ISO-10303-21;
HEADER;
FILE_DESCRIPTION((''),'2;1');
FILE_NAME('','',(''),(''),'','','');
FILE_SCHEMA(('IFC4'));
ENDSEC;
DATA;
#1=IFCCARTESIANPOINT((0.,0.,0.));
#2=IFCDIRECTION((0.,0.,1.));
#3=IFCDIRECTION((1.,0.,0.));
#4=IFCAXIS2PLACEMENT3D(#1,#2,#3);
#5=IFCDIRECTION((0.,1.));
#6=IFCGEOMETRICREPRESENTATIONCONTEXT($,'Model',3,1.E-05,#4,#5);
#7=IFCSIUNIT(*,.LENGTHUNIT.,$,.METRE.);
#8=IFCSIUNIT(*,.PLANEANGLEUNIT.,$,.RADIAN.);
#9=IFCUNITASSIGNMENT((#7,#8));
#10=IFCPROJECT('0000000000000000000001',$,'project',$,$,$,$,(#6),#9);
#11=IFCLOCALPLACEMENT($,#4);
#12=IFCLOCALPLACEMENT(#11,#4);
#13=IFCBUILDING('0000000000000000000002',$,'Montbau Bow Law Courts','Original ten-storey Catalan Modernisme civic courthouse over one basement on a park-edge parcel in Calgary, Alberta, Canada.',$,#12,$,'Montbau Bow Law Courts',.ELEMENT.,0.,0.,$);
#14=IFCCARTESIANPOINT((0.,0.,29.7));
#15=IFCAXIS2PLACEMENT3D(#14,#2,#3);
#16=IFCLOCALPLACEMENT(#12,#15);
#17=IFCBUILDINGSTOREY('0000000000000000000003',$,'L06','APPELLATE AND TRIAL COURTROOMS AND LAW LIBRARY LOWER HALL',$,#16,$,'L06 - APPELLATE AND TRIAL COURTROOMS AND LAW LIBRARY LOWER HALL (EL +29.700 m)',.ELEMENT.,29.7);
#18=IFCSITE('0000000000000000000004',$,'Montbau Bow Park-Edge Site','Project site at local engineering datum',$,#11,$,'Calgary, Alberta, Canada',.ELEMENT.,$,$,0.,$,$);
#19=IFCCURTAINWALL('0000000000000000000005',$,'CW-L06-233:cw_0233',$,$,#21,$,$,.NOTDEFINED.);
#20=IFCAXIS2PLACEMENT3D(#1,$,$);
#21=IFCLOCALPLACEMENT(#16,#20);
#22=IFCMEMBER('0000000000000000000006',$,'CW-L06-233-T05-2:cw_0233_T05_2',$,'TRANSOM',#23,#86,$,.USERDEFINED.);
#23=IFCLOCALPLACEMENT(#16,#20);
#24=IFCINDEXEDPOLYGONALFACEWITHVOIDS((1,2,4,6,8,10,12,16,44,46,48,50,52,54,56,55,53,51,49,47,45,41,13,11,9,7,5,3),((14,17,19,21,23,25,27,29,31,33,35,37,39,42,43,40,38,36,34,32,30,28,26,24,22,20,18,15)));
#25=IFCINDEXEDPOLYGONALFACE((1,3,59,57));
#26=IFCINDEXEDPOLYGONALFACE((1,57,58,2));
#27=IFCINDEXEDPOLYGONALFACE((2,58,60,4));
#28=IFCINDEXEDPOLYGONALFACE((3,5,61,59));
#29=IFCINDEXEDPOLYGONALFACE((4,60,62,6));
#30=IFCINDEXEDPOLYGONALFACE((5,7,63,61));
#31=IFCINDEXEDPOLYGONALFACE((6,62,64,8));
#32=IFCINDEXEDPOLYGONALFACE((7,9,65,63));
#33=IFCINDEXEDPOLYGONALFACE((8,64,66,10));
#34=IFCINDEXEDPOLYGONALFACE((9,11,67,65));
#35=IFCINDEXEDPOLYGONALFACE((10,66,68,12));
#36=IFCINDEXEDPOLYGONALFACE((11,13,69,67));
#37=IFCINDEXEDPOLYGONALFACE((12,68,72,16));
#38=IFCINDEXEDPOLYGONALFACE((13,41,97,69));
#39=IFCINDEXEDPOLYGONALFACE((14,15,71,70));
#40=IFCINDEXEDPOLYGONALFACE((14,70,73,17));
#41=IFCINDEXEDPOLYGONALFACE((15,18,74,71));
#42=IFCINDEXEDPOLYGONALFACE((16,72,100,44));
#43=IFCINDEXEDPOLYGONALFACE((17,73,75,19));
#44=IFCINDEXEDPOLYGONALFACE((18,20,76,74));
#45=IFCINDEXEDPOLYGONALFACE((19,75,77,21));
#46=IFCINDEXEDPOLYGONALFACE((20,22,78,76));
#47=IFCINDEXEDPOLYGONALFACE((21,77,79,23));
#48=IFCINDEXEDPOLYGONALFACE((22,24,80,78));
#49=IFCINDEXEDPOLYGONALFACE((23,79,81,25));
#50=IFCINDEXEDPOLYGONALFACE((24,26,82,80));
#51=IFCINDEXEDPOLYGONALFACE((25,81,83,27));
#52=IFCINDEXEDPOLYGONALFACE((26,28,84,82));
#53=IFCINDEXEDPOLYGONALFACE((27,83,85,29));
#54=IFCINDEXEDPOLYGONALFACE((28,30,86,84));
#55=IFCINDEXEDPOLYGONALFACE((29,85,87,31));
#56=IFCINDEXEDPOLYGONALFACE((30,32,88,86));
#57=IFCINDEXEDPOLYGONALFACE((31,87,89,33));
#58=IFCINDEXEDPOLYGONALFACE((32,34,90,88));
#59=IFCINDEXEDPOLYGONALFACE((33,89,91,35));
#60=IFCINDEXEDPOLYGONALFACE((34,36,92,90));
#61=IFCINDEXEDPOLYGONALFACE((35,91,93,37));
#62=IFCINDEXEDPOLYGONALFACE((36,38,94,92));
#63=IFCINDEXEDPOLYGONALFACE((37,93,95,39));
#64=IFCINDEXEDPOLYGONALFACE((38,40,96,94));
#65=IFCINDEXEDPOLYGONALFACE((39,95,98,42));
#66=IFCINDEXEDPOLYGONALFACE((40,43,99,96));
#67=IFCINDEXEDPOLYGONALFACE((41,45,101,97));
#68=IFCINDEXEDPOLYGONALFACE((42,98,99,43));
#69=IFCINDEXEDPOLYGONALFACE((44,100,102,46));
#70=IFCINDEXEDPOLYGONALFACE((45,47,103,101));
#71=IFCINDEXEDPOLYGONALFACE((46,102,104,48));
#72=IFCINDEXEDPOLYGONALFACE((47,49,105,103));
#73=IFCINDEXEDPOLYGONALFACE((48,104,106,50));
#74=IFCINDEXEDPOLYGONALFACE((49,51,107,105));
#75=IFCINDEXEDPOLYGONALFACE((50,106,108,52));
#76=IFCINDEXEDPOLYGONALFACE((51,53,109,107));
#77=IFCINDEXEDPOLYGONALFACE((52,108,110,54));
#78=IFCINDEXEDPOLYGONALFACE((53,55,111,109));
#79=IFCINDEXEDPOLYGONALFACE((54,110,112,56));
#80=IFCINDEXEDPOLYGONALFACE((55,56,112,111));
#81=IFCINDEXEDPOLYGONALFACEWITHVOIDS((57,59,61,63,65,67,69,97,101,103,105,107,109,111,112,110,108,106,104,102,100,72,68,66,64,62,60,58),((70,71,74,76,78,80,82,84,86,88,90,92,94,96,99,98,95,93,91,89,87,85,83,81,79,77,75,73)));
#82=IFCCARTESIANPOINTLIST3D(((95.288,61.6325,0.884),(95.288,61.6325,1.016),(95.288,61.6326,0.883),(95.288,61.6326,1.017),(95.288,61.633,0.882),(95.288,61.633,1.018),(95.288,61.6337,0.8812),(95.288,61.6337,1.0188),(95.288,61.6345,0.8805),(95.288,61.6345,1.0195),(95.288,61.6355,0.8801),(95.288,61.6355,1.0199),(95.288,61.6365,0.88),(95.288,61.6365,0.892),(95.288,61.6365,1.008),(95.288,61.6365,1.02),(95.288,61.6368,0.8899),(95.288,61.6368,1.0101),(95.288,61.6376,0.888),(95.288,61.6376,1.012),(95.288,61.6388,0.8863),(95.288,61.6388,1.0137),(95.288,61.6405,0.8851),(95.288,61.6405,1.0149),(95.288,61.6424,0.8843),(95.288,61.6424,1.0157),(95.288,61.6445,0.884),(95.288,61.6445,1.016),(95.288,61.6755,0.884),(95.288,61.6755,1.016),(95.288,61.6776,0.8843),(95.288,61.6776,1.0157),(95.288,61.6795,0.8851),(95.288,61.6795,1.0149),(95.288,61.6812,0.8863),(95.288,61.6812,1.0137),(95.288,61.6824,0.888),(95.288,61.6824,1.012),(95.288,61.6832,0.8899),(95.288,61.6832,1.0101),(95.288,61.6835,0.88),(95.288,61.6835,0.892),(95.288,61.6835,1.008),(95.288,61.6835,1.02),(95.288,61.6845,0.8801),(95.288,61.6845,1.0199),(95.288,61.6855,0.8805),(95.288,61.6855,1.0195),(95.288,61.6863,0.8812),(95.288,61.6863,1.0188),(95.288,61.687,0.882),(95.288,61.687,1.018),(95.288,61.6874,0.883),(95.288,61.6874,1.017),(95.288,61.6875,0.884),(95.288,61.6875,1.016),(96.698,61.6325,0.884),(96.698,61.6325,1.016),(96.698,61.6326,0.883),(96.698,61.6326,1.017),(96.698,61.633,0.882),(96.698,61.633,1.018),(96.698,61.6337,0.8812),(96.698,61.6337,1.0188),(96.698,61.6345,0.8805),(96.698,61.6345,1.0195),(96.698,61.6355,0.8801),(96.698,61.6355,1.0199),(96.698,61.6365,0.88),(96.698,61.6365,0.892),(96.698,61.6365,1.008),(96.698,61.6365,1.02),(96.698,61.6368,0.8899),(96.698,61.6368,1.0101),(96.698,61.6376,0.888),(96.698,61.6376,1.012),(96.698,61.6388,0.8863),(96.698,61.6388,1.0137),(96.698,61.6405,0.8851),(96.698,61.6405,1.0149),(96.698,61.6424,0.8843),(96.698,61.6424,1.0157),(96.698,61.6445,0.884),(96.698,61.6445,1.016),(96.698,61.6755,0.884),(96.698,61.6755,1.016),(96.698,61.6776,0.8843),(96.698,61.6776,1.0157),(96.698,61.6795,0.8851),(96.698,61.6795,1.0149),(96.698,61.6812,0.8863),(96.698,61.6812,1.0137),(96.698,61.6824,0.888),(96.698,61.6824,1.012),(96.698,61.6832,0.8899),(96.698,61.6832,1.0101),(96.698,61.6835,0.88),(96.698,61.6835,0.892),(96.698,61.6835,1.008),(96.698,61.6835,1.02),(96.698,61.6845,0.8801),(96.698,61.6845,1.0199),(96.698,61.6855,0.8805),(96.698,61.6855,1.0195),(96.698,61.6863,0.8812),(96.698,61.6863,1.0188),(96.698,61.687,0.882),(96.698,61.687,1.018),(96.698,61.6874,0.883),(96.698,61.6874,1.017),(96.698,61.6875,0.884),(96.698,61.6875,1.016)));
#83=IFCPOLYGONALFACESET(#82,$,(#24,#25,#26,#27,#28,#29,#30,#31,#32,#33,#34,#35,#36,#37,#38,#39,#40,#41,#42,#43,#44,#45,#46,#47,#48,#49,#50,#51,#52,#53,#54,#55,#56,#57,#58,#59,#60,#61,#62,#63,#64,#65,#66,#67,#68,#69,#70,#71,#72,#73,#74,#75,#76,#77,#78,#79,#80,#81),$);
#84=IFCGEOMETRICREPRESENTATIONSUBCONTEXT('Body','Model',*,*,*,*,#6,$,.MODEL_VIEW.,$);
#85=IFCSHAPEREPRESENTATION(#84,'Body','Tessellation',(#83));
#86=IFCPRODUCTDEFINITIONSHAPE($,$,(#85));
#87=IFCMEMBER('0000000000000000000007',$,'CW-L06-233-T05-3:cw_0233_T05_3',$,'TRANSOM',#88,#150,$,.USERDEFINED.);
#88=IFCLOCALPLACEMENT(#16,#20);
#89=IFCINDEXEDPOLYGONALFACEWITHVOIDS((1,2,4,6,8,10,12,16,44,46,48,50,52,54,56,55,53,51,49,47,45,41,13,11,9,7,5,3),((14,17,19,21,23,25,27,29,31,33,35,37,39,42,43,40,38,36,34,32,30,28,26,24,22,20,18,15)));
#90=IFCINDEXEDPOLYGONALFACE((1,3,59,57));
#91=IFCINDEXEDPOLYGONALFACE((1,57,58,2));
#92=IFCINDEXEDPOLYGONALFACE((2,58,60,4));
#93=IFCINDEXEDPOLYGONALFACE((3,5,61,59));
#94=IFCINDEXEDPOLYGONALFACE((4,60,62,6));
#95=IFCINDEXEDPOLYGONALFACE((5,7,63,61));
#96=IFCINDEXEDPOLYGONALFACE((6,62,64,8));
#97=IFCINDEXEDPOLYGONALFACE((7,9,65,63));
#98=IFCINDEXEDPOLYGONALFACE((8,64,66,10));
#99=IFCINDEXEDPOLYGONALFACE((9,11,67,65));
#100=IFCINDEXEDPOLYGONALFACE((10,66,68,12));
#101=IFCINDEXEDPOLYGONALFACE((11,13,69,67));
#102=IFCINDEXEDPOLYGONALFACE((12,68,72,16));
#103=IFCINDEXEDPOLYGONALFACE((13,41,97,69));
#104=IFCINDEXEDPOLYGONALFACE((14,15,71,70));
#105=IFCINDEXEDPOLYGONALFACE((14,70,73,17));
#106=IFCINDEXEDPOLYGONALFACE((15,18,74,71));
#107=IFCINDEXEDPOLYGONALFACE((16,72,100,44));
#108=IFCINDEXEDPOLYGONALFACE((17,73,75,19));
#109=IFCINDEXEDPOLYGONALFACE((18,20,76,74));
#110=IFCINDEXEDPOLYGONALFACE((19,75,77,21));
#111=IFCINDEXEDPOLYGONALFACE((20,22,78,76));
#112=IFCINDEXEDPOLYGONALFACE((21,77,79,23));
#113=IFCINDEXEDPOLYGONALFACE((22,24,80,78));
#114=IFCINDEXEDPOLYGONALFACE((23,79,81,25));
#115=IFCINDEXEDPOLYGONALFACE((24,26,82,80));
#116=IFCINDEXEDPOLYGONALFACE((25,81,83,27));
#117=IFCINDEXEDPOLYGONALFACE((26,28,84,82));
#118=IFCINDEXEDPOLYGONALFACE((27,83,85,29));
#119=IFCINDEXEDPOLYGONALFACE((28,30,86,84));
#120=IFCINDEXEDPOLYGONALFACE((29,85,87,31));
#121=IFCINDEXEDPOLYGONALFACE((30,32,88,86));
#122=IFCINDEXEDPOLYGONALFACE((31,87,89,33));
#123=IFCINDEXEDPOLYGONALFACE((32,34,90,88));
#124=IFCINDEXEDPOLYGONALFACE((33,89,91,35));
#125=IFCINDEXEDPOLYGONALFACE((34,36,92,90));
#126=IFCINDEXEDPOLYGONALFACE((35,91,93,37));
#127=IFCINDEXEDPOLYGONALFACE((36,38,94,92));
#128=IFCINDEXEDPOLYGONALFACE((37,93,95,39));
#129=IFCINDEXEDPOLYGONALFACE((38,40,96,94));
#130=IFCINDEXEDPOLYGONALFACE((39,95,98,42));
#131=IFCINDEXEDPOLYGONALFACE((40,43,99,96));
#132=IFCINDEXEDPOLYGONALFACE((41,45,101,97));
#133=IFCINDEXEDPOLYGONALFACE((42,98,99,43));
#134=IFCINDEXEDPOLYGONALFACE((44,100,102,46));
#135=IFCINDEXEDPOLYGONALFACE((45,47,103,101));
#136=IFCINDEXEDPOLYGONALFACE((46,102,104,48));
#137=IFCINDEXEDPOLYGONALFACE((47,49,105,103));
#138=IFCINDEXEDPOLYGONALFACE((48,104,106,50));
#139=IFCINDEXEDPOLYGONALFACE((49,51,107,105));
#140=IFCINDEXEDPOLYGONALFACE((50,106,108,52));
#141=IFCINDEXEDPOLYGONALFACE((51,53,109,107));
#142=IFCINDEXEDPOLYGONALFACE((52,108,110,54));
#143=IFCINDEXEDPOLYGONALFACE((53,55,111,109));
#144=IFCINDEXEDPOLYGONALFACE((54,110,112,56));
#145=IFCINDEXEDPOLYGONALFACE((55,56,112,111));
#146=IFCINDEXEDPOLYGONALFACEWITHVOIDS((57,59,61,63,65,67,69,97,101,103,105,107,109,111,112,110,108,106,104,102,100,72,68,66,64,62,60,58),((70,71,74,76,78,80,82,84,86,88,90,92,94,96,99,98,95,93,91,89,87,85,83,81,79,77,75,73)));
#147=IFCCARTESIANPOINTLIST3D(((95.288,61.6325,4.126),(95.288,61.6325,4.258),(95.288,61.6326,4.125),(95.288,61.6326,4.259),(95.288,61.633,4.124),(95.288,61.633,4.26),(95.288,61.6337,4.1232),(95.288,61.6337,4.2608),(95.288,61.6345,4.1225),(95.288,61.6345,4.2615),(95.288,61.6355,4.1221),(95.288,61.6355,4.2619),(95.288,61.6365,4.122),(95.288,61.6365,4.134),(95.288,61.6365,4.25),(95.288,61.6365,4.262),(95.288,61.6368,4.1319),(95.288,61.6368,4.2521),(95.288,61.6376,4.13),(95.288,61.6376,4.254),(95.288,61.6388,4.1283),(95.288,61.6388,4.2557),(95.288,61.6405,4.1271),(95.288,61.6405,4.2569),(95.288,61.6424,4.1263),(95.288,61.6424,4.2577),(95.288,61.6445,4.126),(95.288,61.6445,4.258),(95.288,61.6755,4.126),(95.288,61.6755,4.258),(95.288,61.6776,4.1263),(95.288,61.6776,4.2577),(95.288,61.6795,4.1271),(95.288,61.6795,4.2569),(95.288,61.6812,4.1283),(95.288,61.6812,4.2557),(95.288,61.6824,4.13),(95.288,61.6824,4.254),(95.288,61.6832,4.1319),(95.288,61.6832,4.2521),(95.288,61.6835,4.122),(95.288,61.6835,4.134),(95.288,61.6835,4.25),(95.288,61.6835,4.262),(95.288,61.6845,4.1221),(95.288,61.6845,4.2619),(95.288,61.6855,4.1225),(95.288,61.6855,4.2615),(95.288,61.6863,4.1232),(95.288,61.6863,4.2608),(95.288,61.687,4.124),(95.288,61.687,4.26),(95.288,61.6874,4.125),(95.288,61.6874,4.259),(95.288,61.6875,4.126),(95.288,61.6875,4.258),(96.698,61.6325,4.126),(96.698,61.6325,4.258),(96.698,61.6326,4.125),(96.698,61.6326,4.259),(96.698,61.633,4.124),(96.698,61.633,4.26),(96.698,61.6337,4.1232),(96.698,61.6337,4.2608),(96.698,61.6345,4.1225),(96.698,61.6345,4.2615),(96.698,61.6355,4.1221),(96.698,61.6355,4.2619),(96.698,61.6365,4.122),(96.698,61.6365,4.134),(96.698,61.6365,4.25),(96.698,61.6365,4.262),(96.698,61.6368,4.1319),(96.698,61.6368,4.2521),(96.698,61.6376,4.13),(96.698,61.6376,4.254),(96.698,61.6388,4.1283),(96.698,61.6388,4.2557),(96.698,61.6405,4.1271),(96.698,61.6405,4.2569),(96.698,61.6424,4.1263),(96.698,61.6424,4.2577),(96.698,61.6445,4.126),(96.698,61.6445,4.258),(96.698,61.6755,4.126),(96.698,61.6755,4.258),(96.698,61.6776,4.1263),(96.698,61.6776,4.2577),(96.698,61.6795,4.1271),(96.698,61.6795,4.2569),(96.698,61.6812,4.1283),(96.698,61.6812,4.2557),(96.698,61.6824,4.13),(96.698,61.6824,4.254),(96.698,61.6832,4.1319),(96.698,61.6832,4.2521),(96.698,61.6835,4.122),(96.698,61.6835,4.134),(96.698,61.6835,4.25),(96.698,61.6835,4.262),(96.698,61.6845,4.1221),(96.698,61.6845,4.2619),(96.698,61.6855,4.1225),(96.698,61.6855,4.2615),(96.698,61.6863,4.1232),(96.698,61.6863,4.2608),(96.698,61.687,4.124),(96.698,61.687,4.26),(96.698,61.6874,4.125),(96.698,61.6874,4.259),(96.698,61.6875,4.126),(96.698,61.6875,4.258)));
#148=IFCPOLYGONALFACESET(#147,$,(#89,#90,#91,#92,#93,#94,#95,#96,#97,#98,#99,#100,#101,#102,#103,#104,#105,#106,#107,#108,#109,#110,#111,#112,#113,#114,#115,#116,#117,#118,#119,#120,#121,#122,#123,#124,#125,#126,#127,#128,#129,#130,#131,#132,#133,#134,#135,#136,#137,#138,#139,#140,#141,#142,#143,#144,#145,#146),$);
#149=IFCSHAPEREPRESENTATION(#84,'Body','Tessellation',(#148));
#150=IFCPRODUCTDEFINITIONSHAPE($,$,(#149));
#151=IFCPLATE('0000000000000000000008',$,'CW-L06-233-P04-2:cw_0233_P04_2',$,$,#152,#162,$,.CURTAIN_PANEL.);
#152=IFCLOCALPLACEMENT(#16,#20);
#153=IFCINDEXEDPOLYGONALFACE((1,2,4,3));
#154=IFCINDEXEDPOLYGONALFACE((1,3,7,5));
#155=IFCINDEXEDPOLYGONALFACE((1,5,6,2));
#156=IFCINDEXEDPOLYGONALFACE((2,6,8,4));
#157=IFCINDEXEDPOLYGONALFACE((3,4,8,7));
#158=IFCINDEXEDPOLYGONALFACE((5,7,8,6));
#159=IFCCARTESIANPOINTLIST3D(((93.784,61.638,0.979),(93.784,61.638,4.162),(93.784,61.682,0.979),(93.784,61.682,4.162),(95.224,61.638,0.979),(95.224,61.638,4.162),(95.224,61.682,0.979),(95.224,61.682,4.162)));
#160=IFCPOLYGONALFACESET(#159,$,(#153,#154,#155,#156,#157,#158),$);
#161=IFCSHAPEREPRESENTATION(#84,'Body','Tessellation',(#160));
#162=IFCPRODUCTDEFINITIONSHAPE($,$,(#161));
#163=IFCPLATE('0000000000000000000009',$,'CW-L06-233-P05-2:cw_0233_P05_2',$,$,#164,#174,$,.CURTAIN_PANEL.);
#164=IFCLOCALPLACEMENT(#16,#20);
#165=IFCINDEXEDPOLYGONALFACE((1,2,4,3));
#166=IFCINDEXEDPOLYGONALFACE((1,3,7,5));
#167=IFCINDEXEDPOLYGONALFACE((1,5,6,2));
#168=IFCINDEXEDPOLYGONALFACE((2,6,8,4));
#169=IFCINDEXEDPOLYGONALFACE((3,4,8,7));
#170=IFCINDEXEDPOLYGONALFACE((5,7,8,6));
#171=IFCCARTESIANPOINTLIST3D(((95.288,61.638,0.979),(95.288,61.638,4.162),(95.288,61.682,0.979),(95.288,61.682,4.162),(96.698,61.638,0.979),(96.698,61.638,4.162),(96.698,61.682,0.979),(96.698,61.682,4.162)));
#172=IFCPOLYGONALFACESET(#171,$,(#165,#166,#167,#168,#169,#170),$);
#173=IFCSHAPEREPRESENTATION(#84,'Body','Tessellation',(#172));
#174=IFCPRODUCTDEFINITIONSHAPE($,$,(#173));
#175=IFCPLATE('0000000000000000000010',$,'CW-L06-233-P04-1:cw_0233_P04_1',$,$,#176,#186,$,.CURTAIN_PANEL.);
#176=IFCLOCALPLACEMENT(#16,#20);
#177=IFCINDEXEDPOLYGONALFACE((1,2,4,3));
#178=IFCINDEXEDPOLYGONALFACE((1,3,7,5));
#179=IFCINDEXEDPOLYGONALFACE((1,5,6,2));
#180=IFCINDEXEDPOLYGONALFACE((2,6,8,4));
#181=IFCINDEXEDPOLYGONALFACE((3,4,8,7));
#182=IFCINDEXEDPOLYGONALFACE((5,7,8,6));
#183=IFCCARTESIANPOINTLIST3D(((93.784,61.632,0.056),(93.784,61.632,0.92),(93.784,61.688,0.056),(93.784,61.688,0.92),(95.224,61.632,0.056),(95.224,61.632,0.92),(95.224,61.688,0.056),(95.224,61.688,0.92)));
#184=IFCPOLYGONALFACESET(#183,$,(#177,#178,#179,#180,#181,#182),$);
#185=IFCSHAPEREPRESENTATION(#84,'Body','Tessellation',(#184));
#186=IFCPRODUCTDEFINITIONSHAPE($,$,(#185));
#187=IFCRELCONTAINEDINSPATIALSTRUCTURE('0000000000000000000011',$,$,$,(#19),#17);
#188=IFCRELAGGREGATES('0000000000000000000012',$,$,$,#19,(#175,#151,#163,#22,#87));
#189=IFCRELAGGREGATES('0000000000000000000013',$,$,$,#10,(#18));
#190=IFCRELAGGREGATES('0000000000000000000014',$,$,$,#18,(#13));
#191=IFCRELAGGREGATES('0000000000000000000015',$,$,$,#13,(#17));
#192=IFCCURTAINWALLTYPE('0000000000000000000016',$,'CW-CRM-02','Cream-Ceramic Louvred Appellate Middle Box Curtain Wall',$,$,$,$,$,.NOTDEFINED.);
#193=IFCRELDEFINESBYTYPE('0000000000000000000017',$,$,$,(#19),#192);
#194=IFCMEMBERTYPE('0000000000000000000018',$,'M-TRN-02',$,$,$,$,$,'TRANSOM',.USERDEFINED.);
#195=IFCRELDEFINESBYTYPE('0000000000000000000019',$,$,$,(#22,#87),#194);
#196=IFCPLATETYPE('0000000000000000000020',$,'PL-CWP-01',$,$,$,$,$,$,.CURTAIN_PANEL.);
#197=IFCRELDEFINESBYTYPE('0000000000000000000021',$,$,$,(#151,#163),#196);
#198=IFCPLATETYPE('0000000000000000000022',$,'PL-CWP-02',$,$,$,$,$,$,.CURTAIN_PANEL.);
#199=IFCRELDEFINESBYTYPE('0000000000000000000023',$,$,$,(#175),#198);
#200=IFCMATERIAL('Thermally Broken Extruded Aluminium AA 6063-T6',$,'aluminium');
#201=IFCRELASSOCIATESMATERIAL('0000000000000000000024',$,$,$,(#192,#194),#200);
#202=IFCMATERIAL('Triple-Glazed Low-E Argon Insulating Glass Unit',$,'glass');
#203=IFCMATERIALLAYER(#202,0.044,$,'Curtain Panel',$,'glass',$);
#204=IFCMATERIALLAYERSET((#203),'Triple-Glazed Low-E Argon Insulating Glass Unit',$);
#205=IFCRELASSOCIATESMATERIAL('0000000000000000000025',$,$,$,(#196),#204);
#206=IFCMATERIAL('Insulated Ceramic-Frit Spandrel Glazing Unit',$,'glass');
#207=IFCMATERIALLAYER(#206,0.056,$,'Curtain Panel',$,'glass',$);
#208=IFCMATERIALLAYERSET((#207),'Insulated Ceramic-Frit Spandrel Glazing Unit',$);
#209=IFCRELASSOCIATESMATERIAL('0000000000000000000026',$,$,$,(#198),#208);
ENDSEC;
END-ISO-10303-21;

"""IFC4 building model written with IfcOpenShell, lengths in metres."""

from ifc_helpers import new_model, si_unit, direction, frame, frame_2d, origin_with_axes, origin_2d_with_axis, place, context, subcontext, project, spatial, rectangle, hollow_rectangle, extrude, material, layer, layer_set, material_profile, profile_set, type_object, element, aggregate, save


model = new_model("IFC4")

# Units and contexts
model_context = context("Model", 3, precision=1e-05, world=origin_with_axes(), true_north=direction((0.0, 1.0)))
body_context = subcontext(model_context, "Body", "Model", "MODEL_VIEW")
ifc_project = project(units=[si_unit("LENGTHUNIT", "METRE"), si_unit("PLANEANGLEUNIT", "RADIAN")], contexts=[model_context])

# Site, building, storey
site_placement = place(None, origin_with_axes())
site = spatial("IfcSite", under=ifc_project, at=site_placement, Name="Montbau Bow Park-Edge Site", Description="Project site at local engineering datum", LongName="Calgary, Alberta, Canada", CompositionType="ELEMENT", RefElevation=0.0)
building_placement = place(site_placement, origin_with_axes())
building = spatial("IfcBuilding", under=site, at=building_placement, Name="Montbau Bow Law Courts", Description="Original ten-storey Catalan Modernisme civic courthouse over one basement on a park-edge parcel in Calgary, Alberta, Canada.", LongName="Montbau Bow Law Courts", CompositionType="ELEMENT", ElevationOfRefHeight=0.0, ElevationOfTerrain=0.0)
storey_placement = place(building_placement, frame((0.0, 0.0, 29.7), z_axis=(0.0, 0.0, 1.0), x_axis=(1.0, 0.0, 0.0)))
storey = spatial("IfcBuildingStorey", under=building, at=storey_placement, Name="L06", Description="APPELLATE AND TRIAL COURTROOMS AND LAW LIBRARY LOWER HALL", LongName="L06 - APPELLATE AND TRIAL COURTROOMS AND LAW LIBRARY LOWER HALL (EL +29.700 m)", CompositionType="ELEMENT", Elevation=29.7)

# Curtain wall, members, plates
ifc_material_1 = material(Name="Thermally Broken Extruded Aluminium AA 6063-T6", Category="aluminium")
curtain_wall_type = type_object("IfcCurtainWallType", Name="CW-CRM-02", Description="Cream-Ceramic Louvred Appellate Middle Box Curtain Wall", PredefinedType="NOTDEFINED", material=ifc_material_1)
curtain_wall_placement = place(None, frame((89.24, 61.66, 29.7), z_axis=(0.0, 0.0, 1.0), x_axis=(1.0, 0.0, 0.0)))
curtain_wall = element("IfcCurtainWall", 1, at=curtain_wall_placement, inside=storey, type_object=curtain_wall_type, Name="CW-L06-233:cw_0233", PredefinedType="NOTDEFINED")
ifc_material_profile_1 = material_profile(ifc_material_1, hollow_rectangle(XDim=0.055, YDim=0.14, WallThickness=0.004, InnerFilletRadius=0.008, OuterFilletRadius=0.004, at=origin_2d_with_axis()), Name="CWT-140X55", Category="Main", Priority=0)
ifc_profile_set_1 = profile_set([ifc_material_profile_1], Name="Thermally Broken Extruded Aluminium AA 6063-T6")
member_type_1 = type_object("IfcMemberType", Name="M-TRN-02", ElementType="TRANSOM", PredefinedType="USERDEFINED", material=ifc_profile_set_1)
member_1_placement = place(None, frame((95.288, 61.66, 30.65), z_axis=(1.0, 0.0, 0.0), x_axis=(0.0, 1.0, 0.0)))
member_1 = element("IfcMember", 2, at=member_1_placement, type_object=member_type_1, Name="CW-L06-233-T05-2:cw_0233_T05_2", ObjectType="TRANSOM", PredefinedType="USERDEFINED", context=body_context, shape_type="SweptSolid", body=[
    extrude(hollow_rectangle(XDim=0.055, YDim=0.14, WallThickness=0.004, InnerFilletRadius=0.008, OuterFilletRadius=0.004, at=origin_2d_with_axis()), origin_with_axes(), (0.0, 0.0, 1.0), 1.41),
])
member_2_placement = place(None, frame((95.288, 61.66, 33.892), z_axis=(1.0, 0.0, 0.0), x_axis=(0.0, 1.0, 0.0)))
member_2 = element("IfcMember", 3, at=member_2_placement, type_object=member_type_1, Name="CW-L06-233-T05-3:cw_0233_T05_3", ObjectType="TRANSOM", PredefinedType="USERDEFINED", context=body_context, shape_type="SweptSolid", body=[
    extrude(hollow_rectangle(XDim=0.055, YDim=0.14, WallThickness=0.004, InnerFilletRadius=0.008, OuterFilletRadius=0.004, at=origin_2d_with_axis()), origin_with_axes(), (0.0, 0.0, 1.0), 1.41),
])
ifc_material_2 = material(Name="Triple-Glazed Low-E Argon Insulating Glass Unit", Category="glass")
ifc_layer_1 = layer(ifc_material_2, 0.044, Name="Curtain Panel", Category="glass")
ifc_layer_set_1 = layer_set([ifc_layer_1], Name="Triple-Glazed Low-E Argon Insulating Glass Unit")
plate_type_1 = type_object("IfcPlateType", Name="PL-CWP-01", PredefinedType="CURTAIN_PANEL", material=ifc_layer_set_1)
plate_1_placement = place(None, frame((93.784, 61.66, 30.679), z_axis=(0.0, -1.0, 0.0), x_axis=(1.0, 0.0, 0.0)))
plate_1 = element("IfcPlate", 4, at=plate_1_placement, type_object=plate_type_1, Name="CW-L06-233-P04-2:cw_0233_P04_2", PredefinedType="CURTAIN_PANEL", context=body_context, shape_type="SweptSolid", body=[
    extrude(rectangle(XDim=1.44, YDim=3.183, at=frame_2d((0.72, 1.5915), x_axis=(1.0, 0.0))), frame((0.0, 0.0, -0.022), z_axis=(0.0, 0.0, 1.0), x_axis=(1.0, 0.0, 0.0)), (0.0, 0.0, 1.0), 0.044),
])
plate_2_placement = place(None, frame((95.288, 61.66, 30.679), z_axis=(0.0, -1.0, 0.0), x_axis=(1.0, 0.0, 0.0)))
plate_2 = element("IfcPlate", 5, at=plate_2_placement, type_object=plate_type_1, Name="CW-L06-233-P05-2:cw_0233_P05_2", PredefinedType="CURTAIN_PANEL", context=body_context, shape_type="SweptSolid", body=[
    extrude(rectangle(XDim=1.41, YDim=3.183, at=frame_2d((0.705, 1.5915), x_axis=(1.0, 0.0))), frame((0.0, 0.0, -0.022), z_axis=(0.0, 0.0, 1.0), x_axis=(1.0, 0.0, 0.0)), (0.0, 0.0, 1.0), 0.044),
])
ifc_material_3 = material(Name="Insulated Ceramic-Frit Spandrel Glazing Unit", Category="glass")
ifc_layer_2 = layer(ifc_material_3, 0.056, Name="Curtain Panel", Category="glass")
ifc_layer_set_2 = layer_set([ifc_layer_2], Name="Insulated Ceramic-Frit Spandrel Glazing Unit")
plate_type_2 = type_object("IfcPlateType", Name="PL-CWP-02", PredefinedType="CURTAIN_PANEL", material=ifc_layer_set_2)
plate_3_placement = place(None, frame((93.784, 61.66, 29.756), z_axis=(0.0, -1.0, 0.0), x_axis=(1.0, 0.0, 0.0)))
plate_3 = element("IfcPlate", 6, at=plate_3_placement, type_object=plate_type_2, Name="CW-L06-233-P04-1:cw_0233_P04_1", PredefinedType="CURTAIN_PANEL", context=body_context, shape_type="SweptSolid", body=[
    extrude(rectangle(XDim=1.44, YDim=0.864, at=frame_2d((0.72, 0.432), x_axis=(1.0, 0.0))), frame((0.0, 0.0, -0.028), z_axis=(0.0, 0.0, 1.0), x_axis=(1.0, 0.0, 0.0)), (0.0, 0.0, 1.0), 0.056),
])
aggregate(curtain_wall, [plate_3, plate_1, plate_2, member_1, member_2])

save(model, "model.ifc")
